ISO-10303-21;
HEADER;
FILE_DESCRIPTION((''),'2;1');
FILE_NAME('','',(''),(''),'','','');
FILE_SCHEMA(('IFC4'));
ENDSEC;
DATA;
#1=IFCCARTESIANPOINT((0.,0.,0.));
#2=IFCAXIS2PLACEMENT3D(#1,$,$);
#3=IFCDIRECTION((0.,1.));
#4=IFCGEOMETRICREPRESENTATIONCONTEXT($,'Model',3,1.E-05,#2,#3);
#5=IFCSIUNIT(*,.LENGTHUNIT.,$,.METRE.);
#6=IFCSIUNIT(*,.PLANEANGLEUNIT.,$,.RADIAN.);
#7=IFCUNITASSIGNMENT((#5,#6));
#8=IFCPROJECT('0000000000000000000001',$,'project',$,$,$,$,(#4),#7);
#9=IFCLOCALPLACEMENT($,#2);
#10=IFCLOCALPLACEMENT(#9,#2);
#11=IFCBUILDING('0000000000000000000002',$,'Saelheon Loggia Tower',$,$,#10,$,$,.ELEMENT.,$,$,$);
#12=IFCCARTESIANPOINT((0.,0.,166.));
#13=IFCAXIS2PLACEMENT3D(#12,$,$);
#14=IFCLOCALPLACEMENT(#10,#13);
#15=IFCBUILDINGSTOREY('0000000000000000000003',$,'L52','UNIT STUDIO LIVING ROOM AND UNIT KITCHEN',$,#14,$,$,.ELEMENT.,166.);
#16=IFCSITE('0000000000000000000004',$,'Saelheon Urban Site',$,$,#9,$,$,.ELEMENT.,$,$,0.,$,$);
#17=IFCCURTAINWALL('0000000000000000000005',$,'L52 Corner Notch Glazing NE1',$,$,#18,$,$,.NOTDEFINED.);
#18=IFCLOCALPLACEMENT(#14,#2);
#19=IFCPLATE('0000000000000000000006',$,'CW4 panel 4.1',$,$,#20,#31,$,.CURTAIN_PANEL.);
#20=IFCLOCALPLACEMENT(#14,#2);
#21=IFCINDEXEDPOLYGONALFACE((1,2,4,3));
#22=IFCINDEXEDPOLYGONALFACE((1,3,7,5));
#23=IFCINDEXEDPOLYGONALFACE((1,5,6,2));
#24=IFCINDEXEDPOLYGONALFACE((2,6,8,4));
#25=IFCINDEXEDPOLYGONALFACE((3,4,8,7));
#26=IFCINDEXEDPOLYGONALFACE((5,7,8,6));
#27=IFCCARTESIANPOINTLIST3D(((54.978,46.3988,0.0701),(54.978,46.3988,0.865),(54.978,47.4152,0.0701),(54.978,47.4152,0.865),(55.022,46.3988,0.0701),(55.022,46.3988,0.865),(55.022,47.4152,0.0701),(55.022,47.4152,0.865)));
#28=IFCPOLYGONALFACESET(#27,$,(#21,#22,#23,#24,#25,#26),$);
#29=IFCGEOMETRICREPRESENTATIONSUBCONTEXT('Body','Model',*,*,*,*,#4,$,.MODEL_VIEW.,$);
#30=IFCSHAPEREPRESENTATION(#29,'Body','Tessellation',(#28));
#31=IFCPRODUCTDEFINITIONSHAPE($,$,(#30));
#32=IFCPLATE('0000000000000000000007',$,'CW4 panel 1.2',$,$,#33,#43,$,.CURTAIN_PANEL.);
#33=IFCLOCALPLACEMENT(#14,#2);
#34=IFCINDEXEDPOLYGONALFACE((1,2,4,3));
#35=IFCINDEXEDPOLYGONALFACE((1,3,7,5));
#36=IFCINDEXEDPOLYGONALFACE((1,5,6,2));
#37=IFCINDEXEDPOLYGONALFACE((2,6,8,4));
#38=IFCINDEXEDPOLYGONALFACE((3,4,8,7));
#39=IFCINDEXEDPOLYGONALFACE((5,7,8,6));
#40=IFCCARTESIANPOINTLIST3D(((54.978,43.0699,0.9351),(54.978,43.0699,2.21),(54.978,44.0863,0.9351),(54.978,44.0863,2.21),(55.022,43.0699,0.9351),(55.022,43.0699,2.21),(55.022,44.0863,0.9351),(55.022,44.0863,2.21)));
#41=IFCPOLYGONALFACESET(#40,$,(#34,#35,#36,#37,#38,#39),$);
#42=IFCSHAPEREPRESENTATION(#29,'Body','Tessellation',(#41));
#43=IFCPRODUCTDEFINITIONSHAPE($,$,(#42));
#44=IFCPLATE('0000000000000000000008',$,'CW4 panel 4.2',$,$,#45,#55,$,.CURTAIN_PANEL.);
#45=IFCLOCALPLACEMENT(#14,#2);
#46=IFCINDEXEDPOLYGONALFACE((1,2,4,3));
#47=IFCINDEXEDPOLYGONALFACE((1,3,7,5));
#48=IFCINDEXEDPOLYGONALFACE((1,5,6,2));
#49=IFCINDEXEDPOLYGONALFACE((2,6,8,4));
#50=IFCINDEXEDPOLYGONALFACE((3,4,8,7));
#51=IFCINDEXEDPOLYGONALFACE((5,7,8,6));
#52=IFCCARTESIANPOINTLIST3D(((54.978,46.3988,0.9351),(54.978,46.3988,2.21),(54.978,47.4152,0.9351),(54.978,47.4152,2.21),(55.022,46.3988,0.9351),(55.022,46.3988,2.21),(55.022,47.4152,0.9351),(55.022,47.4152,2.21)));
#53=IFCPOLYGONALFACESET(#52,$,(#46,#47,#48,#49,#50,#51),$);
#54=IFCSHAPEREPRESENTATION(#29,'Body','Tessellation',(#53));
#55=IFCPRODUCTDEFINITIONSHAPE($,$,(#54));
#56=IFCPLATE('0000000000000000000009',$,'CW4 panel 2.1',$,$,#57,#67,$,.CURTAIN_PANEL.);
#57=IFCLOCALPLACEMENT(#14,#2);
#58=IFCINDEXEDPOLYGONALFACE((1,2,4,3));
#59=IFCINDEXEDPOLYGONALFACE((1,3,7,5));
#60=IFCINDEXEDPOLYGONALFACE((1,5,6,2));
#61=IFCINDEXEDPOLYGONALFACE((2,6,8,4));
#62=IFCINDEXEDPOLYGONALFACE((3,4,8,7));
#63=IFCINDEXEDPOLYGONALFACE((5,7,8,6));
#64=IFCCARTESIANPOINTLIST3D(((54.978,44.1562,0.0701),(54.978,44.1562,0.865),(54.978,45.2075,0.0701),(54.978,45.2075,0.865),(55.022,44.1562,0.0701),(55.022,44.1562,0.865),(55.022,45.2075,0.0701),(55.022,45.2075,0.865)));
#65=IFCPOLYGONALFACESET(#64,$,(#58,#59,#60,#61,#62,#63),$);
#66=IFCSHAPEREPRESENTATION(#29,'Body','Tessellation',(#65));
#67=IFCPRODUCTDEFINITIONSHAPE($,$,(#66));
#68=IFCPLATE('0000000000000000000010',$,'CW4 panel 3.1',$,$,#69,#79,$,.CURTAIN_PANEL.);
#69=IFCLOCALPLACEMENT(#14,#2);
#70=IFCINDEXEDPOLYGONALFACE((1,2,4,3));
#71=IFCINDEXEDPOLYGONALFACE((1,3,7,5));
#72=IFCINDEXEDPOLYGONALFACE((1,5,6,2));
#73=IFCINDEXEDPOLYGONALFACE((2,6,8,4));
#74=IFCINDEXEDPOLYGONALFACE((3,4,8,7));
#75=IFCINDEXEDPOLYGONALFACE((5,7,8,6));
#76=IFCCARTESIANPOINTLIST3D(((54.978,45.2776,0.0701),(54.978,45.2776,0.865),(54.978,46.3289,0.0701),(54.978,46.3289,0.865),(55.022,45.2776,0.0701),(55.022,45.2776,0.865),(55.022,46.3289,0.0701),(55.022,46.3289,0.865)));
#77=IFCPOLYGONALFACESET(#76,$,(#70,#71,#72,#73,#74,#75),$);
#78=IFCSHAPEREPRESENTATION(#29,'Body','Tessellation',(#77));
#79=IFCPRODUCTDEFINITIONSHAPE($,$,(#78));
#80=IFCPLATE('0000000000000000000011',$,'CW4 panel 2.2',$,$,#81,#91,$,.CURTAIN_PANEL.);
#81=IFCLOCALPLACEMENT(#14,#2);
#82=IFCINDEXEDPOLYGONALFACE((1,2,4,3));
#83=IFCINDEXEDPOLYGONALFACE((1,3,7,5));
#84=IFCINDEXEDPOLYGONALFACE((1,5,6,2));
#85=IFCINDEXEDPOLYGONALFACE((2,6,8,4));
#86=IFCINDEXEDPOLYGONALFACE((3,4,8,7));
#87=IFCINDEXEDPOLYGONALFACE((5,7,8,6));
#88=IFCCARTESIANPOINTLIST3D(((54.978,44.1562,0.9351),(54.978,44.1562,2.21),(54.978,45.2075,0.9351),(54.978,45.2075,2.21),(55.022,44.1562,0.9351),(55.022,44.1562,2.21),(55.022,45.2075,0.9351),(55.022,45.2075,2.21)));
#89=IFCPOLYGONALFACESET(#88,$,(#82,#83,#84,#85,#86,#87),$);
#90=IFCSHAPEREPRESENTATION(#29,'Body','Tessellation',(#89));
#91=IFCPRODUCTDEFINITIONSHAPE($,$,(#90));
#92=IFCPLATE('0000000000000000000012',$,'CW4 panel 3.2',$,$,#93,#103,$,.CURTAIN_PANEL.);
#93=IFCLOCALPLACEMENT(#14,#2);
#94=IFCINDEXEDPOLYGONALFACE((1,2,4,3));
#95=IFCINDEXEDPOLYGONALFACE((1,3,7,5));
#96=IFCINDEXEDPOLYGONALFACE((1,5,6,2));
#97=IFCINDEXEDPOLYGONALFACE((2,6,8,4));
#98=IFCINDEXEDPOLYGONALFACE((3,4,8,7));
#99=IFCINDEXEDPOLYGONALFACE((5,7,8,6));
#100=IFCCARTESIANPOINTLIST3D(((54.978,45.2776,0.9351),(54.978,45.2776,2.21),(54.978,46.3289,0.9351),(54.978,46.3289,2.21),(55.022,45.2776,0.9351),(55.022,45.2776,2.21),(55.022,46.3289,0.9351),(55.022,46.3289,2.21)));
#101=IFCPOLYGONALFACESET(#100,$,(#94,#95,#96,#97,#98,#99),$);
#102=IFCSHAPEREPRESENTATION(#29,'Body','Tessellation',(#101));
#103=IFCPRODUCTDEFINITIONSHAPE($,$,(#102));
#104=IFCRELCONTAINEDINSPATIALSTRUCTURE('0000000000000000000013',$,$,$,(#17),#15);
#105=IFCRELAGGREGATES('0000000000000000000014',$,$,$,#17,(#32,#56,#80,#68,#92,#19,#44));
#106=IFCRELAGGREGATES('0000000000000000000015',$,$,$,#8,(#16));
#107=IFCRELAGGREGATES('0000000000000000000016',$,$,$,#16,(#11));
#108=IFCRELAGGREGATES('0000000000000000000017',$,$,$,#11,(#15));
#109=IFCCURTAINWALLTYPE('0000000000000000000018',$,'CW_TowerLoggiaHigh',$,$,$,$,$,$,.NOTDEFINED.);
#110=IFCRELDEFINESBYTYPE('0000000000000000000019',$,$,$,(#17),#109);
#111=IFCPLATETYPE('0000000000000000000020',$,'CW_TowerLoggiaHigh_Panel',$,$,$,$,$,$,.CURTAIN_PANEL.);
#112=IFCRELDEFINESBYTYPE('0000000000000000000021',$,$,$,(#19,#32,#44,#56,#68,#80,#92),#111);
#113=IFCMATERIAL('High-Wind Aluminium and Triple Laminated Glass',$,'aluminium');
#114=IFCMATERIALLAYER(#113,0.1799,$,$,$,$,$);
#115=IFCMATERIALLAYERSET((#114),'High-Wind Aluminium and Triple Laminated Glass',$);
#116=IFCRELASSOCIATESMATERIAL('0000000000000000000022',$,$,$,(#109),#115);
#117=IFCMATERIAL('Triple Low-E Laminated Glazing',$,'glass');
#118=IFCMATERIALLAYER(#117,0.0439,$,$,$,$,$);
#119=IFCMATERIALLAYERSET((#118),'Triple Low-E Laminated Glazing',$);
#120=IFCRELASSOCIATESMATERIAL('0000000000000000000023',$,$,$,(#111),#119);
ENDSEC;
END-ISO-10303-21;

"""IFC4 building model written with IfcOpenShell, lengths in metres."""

from ifc_helpers import new_model, si_unit, direction, frame, origin, origin_2d, place, context, subcontext, project, spatial, rectangle, extrude, source, transform, mapped, material, layer, layer_set, type_object, element, aggregate, save


model = new_model("IFC4")

# Units and contexts
model_context = context("Model", 3, precision=1e-05, world=origin(), true_north=direction((0.0, 1.0)))
body_context = subcontext(model_context, "Body", "Model", "MODEL_VIEW")
ifc_project = project(units=[si_unit("LENGTHUNIT", "METRE"), si_unit("PLANEANGLEUNIT", "RADIAN")], contexts=[model_context])

# Site, building, storey
site_placement = place(None, origin())
site = spatial("IfcSite", under=ifc_project, at=site_placement, Name="Saelheon Urban Site", CompositionType="ELEMENT", RefElevation=0.0)
building_placement = place(site_placement, origin())
building = spatial("IfcBuilding", under=site, at=building_placement, Name="Saelheon Loggia Tower", CompositionType="ELEMENT")
storey_placement = place(building_placement, frame((0.0, 0.0, 166.0)))
storey = spatial("IfcBuildingStorey", under=building, at=storey_placement, Name="L52", Description="UNIT STUDIO LIVING ROOM AND UNIT KITCHEN", CompositionType="ELEMENT", Elevation=166.0)

# Curtain wall
ifc_material_1 = material(Name="High-Wind Aluminium and Triple Laminated Glass", Category="aluminium")
ifc_layer_1 = layer(ifc_material_1, 0.1799)
ifc_layer_set_1 = layer_set([ifc_layer_1], Name="High-Wind Aluminium and Triple Laminated Glass")
curtain_wall_type = type_object("IfcCurtainWallType", Name="CW_TowerLoggiaHigh", PredefinedType="NOTDEFINED", material=ifc_layer_set_1)
curtain_wall_1_placement = place(storey_placement, origin())
curtain_wall_1 = element("IfcCurtainWall", 1, at=curtain_wall_1_placement, inside=storey, type_object=curtain_wall_type, Name="L52 Corner Notch Glazing NE1", PredefinedType="NOTDEFINED")

# Plates
ifc_material_2 = material(Name="Triple Low-E Laminated Glazing", Category="glass")
ifc_layer_2 = layer(ifc_material_2, 0.0439)
ifc_layer_set_2 = layer_set([ifc_layer_2], Name="Triple Low-E Laminated Glazing")
plate_type = type_object("IfcPlateType", Name="CW_TowerLoggiaHigh_Panel", PredefinedType="CURTAIN_PANEL", material=ifc_layer_set_2)
shared_shape_1 = source(origin(), body_context, "Body", "SweptSolid", [
    extrude(rectangle(XDim=1.0164, YDim=0.0439, at=origin_2d()), origin(), (0.0, 0.0, 1.0), 0.7949),
])
plate_1_placement = place(storey_placement, frame((55.0, 46.907, 0.0701), z_axis=(0.0, 0.0, 1.0), x_axis=(0.0, 1.0, 0.0)))
plate_1 = element("IfcPlate", 2, at=plate_1_placement, type_object=plate_type, Name="CW4 panel 4.1", PredefinedType="CURTAIN_PANEL", context=body_context, shape_type="MappedRepresentation", body=[
    mapped(shared_shape_1, transform((0.0, 0.0, 0.0), scale=1.0)),
])
shared_shape_2 = source(origin(), body_context, "Body", "SweptSolid", [
    extrude(rectangle(XDim=1.0164, YDim=0.0439, at=origin_2d()), origin(), (0.0, 0.0, 1.0), 1.2749),
])
plate_2_placement = place(storey_placement, frame((55.0, 43.5781, 0.9351), z_axis=(0.0, 0.0, 1.0), x_axis=(0.0, 1.0, 0.0)))
plate_2 = element("IfcPlate", 3, at=plate_2_placement, type_object=plate_type, Name="CW4 panel 1.2", PredefinedType="CURTAIN_PANEL", context=body_context, shape_type="MappedRepresentation", body=[
    mapped(shared_shape_2, transform((0.0, 0.0, 0.0), scale=1.0)),
])
plate_3_placement = place(storey_placement, frame((55.0, 46.907, 0.9351), z_axis=(0.0, 0.0, 1.0), x_axis=(0.0, 1.0, 0.0)))
plate_3 = element("IfcPlate", 4, at=plate_3_placement, type_object=plate_type, Name="CW4 panel 4.2", PredefinedType="CURTAIN_PANEL", context=body_context, shape_type="MappedRepresentation", body=[
    mapped(shared_shape_2, transform((0.0, 0.0, 0.0), scale=1.0)),
])
shared_shape_3 = source(origin(), body_context, "Body", "SweptSolid", [
    extrude(rectangle(XDim=1.0513, YDim=0.0439, at=origin_2d()), origin(), (0.0, 0.0, 1.0), 0.7949),
])
plate_4_placement = place(storey_placement, frame((55.0, 44.6819, 0.0701), z_axis=(0.0, 0.0, 1.0), x_axis=(0.0, 1.0, 0.0)))
plate_4 = element("IfcPlate", 5, at=plate_4_placement, type_object=plate_type, Name="CW4 panel 2.1", PredefinedType="CURTAIN_PANEL", context=body_context, shape_type="MappedRepresentation", body=[
    mapped(shared_shape_3, transform((0.0, 0.0, 0.0), scale=1.0)),
])
plate_5_placement = place(storey_placement, frame((55.0, 45.8032, 0.0701), z_axis=(0.0, 0.0, 1.0), x_axis=(0.0, 1.0, 0.0)))
plate_5 = element("IfcPlate", 6, at=plate_5_placement, type_object=plate_type, Name="CW4 panel 3.1", PredefinedType="CURTAIN_PANEL", context=body_context, shape_type="MappedRepresentation", body=[
    mapped(shared_shape_3, transform((0.0, 0.0, 0.0), scale=1.0)),
])
shared_shape_4 = source(origin(), body_context, "Body", "SweptSolid", [
    extrude(rectangle(XDim=1.0513, YDim=0.0439, at=origin_2d()), origin(), (0.0, 0.0, 1.0), 1.2749),
])
plate_6_placement = place(storey_placement, frame((55.0, 44.6819, 0.9351), z_axis=(0.0, 0.0, 1.0), x_axis=(0.0, 1.0, 0.0)))
plate_6 = element("IfcPlate", 7, at=plate_6_placement, type_object=plate_type, Name="CW4 panel 2.2", PredefinedType="CURTAIN_PANEL", context=body_context, shape_type="MappedRepresentation", body=[
    mapped(shared_shape_4, transform((0.0, 0.0, 0.0), scale=1.0)),
])
plate_7_placement = place(storey_placement, frame((55.0, 45.8032, 0.9351), z_axis=(0.0, 0.0, 1.0), x_axis=(0.0, 1.0, 0.0)))
plate_7 = element("IfcPlate", 8, at=plate_7_placement, type_object=plate_type, Name="CW4 panel 3.2", PredefinedType="CURTAIN_PANEL", context=body_context, shape_type="MappedRepresentation", body=[
    mapped(shared_shape_4, transform((0.0, 0.0, 0.0), scale=1.0)),
])
aggregate(curtain_wall_1, [plate_2, plate_4, plate_6, plate_5, plate_7, plate_1, plate_3])

save(model, "model.ifc")
